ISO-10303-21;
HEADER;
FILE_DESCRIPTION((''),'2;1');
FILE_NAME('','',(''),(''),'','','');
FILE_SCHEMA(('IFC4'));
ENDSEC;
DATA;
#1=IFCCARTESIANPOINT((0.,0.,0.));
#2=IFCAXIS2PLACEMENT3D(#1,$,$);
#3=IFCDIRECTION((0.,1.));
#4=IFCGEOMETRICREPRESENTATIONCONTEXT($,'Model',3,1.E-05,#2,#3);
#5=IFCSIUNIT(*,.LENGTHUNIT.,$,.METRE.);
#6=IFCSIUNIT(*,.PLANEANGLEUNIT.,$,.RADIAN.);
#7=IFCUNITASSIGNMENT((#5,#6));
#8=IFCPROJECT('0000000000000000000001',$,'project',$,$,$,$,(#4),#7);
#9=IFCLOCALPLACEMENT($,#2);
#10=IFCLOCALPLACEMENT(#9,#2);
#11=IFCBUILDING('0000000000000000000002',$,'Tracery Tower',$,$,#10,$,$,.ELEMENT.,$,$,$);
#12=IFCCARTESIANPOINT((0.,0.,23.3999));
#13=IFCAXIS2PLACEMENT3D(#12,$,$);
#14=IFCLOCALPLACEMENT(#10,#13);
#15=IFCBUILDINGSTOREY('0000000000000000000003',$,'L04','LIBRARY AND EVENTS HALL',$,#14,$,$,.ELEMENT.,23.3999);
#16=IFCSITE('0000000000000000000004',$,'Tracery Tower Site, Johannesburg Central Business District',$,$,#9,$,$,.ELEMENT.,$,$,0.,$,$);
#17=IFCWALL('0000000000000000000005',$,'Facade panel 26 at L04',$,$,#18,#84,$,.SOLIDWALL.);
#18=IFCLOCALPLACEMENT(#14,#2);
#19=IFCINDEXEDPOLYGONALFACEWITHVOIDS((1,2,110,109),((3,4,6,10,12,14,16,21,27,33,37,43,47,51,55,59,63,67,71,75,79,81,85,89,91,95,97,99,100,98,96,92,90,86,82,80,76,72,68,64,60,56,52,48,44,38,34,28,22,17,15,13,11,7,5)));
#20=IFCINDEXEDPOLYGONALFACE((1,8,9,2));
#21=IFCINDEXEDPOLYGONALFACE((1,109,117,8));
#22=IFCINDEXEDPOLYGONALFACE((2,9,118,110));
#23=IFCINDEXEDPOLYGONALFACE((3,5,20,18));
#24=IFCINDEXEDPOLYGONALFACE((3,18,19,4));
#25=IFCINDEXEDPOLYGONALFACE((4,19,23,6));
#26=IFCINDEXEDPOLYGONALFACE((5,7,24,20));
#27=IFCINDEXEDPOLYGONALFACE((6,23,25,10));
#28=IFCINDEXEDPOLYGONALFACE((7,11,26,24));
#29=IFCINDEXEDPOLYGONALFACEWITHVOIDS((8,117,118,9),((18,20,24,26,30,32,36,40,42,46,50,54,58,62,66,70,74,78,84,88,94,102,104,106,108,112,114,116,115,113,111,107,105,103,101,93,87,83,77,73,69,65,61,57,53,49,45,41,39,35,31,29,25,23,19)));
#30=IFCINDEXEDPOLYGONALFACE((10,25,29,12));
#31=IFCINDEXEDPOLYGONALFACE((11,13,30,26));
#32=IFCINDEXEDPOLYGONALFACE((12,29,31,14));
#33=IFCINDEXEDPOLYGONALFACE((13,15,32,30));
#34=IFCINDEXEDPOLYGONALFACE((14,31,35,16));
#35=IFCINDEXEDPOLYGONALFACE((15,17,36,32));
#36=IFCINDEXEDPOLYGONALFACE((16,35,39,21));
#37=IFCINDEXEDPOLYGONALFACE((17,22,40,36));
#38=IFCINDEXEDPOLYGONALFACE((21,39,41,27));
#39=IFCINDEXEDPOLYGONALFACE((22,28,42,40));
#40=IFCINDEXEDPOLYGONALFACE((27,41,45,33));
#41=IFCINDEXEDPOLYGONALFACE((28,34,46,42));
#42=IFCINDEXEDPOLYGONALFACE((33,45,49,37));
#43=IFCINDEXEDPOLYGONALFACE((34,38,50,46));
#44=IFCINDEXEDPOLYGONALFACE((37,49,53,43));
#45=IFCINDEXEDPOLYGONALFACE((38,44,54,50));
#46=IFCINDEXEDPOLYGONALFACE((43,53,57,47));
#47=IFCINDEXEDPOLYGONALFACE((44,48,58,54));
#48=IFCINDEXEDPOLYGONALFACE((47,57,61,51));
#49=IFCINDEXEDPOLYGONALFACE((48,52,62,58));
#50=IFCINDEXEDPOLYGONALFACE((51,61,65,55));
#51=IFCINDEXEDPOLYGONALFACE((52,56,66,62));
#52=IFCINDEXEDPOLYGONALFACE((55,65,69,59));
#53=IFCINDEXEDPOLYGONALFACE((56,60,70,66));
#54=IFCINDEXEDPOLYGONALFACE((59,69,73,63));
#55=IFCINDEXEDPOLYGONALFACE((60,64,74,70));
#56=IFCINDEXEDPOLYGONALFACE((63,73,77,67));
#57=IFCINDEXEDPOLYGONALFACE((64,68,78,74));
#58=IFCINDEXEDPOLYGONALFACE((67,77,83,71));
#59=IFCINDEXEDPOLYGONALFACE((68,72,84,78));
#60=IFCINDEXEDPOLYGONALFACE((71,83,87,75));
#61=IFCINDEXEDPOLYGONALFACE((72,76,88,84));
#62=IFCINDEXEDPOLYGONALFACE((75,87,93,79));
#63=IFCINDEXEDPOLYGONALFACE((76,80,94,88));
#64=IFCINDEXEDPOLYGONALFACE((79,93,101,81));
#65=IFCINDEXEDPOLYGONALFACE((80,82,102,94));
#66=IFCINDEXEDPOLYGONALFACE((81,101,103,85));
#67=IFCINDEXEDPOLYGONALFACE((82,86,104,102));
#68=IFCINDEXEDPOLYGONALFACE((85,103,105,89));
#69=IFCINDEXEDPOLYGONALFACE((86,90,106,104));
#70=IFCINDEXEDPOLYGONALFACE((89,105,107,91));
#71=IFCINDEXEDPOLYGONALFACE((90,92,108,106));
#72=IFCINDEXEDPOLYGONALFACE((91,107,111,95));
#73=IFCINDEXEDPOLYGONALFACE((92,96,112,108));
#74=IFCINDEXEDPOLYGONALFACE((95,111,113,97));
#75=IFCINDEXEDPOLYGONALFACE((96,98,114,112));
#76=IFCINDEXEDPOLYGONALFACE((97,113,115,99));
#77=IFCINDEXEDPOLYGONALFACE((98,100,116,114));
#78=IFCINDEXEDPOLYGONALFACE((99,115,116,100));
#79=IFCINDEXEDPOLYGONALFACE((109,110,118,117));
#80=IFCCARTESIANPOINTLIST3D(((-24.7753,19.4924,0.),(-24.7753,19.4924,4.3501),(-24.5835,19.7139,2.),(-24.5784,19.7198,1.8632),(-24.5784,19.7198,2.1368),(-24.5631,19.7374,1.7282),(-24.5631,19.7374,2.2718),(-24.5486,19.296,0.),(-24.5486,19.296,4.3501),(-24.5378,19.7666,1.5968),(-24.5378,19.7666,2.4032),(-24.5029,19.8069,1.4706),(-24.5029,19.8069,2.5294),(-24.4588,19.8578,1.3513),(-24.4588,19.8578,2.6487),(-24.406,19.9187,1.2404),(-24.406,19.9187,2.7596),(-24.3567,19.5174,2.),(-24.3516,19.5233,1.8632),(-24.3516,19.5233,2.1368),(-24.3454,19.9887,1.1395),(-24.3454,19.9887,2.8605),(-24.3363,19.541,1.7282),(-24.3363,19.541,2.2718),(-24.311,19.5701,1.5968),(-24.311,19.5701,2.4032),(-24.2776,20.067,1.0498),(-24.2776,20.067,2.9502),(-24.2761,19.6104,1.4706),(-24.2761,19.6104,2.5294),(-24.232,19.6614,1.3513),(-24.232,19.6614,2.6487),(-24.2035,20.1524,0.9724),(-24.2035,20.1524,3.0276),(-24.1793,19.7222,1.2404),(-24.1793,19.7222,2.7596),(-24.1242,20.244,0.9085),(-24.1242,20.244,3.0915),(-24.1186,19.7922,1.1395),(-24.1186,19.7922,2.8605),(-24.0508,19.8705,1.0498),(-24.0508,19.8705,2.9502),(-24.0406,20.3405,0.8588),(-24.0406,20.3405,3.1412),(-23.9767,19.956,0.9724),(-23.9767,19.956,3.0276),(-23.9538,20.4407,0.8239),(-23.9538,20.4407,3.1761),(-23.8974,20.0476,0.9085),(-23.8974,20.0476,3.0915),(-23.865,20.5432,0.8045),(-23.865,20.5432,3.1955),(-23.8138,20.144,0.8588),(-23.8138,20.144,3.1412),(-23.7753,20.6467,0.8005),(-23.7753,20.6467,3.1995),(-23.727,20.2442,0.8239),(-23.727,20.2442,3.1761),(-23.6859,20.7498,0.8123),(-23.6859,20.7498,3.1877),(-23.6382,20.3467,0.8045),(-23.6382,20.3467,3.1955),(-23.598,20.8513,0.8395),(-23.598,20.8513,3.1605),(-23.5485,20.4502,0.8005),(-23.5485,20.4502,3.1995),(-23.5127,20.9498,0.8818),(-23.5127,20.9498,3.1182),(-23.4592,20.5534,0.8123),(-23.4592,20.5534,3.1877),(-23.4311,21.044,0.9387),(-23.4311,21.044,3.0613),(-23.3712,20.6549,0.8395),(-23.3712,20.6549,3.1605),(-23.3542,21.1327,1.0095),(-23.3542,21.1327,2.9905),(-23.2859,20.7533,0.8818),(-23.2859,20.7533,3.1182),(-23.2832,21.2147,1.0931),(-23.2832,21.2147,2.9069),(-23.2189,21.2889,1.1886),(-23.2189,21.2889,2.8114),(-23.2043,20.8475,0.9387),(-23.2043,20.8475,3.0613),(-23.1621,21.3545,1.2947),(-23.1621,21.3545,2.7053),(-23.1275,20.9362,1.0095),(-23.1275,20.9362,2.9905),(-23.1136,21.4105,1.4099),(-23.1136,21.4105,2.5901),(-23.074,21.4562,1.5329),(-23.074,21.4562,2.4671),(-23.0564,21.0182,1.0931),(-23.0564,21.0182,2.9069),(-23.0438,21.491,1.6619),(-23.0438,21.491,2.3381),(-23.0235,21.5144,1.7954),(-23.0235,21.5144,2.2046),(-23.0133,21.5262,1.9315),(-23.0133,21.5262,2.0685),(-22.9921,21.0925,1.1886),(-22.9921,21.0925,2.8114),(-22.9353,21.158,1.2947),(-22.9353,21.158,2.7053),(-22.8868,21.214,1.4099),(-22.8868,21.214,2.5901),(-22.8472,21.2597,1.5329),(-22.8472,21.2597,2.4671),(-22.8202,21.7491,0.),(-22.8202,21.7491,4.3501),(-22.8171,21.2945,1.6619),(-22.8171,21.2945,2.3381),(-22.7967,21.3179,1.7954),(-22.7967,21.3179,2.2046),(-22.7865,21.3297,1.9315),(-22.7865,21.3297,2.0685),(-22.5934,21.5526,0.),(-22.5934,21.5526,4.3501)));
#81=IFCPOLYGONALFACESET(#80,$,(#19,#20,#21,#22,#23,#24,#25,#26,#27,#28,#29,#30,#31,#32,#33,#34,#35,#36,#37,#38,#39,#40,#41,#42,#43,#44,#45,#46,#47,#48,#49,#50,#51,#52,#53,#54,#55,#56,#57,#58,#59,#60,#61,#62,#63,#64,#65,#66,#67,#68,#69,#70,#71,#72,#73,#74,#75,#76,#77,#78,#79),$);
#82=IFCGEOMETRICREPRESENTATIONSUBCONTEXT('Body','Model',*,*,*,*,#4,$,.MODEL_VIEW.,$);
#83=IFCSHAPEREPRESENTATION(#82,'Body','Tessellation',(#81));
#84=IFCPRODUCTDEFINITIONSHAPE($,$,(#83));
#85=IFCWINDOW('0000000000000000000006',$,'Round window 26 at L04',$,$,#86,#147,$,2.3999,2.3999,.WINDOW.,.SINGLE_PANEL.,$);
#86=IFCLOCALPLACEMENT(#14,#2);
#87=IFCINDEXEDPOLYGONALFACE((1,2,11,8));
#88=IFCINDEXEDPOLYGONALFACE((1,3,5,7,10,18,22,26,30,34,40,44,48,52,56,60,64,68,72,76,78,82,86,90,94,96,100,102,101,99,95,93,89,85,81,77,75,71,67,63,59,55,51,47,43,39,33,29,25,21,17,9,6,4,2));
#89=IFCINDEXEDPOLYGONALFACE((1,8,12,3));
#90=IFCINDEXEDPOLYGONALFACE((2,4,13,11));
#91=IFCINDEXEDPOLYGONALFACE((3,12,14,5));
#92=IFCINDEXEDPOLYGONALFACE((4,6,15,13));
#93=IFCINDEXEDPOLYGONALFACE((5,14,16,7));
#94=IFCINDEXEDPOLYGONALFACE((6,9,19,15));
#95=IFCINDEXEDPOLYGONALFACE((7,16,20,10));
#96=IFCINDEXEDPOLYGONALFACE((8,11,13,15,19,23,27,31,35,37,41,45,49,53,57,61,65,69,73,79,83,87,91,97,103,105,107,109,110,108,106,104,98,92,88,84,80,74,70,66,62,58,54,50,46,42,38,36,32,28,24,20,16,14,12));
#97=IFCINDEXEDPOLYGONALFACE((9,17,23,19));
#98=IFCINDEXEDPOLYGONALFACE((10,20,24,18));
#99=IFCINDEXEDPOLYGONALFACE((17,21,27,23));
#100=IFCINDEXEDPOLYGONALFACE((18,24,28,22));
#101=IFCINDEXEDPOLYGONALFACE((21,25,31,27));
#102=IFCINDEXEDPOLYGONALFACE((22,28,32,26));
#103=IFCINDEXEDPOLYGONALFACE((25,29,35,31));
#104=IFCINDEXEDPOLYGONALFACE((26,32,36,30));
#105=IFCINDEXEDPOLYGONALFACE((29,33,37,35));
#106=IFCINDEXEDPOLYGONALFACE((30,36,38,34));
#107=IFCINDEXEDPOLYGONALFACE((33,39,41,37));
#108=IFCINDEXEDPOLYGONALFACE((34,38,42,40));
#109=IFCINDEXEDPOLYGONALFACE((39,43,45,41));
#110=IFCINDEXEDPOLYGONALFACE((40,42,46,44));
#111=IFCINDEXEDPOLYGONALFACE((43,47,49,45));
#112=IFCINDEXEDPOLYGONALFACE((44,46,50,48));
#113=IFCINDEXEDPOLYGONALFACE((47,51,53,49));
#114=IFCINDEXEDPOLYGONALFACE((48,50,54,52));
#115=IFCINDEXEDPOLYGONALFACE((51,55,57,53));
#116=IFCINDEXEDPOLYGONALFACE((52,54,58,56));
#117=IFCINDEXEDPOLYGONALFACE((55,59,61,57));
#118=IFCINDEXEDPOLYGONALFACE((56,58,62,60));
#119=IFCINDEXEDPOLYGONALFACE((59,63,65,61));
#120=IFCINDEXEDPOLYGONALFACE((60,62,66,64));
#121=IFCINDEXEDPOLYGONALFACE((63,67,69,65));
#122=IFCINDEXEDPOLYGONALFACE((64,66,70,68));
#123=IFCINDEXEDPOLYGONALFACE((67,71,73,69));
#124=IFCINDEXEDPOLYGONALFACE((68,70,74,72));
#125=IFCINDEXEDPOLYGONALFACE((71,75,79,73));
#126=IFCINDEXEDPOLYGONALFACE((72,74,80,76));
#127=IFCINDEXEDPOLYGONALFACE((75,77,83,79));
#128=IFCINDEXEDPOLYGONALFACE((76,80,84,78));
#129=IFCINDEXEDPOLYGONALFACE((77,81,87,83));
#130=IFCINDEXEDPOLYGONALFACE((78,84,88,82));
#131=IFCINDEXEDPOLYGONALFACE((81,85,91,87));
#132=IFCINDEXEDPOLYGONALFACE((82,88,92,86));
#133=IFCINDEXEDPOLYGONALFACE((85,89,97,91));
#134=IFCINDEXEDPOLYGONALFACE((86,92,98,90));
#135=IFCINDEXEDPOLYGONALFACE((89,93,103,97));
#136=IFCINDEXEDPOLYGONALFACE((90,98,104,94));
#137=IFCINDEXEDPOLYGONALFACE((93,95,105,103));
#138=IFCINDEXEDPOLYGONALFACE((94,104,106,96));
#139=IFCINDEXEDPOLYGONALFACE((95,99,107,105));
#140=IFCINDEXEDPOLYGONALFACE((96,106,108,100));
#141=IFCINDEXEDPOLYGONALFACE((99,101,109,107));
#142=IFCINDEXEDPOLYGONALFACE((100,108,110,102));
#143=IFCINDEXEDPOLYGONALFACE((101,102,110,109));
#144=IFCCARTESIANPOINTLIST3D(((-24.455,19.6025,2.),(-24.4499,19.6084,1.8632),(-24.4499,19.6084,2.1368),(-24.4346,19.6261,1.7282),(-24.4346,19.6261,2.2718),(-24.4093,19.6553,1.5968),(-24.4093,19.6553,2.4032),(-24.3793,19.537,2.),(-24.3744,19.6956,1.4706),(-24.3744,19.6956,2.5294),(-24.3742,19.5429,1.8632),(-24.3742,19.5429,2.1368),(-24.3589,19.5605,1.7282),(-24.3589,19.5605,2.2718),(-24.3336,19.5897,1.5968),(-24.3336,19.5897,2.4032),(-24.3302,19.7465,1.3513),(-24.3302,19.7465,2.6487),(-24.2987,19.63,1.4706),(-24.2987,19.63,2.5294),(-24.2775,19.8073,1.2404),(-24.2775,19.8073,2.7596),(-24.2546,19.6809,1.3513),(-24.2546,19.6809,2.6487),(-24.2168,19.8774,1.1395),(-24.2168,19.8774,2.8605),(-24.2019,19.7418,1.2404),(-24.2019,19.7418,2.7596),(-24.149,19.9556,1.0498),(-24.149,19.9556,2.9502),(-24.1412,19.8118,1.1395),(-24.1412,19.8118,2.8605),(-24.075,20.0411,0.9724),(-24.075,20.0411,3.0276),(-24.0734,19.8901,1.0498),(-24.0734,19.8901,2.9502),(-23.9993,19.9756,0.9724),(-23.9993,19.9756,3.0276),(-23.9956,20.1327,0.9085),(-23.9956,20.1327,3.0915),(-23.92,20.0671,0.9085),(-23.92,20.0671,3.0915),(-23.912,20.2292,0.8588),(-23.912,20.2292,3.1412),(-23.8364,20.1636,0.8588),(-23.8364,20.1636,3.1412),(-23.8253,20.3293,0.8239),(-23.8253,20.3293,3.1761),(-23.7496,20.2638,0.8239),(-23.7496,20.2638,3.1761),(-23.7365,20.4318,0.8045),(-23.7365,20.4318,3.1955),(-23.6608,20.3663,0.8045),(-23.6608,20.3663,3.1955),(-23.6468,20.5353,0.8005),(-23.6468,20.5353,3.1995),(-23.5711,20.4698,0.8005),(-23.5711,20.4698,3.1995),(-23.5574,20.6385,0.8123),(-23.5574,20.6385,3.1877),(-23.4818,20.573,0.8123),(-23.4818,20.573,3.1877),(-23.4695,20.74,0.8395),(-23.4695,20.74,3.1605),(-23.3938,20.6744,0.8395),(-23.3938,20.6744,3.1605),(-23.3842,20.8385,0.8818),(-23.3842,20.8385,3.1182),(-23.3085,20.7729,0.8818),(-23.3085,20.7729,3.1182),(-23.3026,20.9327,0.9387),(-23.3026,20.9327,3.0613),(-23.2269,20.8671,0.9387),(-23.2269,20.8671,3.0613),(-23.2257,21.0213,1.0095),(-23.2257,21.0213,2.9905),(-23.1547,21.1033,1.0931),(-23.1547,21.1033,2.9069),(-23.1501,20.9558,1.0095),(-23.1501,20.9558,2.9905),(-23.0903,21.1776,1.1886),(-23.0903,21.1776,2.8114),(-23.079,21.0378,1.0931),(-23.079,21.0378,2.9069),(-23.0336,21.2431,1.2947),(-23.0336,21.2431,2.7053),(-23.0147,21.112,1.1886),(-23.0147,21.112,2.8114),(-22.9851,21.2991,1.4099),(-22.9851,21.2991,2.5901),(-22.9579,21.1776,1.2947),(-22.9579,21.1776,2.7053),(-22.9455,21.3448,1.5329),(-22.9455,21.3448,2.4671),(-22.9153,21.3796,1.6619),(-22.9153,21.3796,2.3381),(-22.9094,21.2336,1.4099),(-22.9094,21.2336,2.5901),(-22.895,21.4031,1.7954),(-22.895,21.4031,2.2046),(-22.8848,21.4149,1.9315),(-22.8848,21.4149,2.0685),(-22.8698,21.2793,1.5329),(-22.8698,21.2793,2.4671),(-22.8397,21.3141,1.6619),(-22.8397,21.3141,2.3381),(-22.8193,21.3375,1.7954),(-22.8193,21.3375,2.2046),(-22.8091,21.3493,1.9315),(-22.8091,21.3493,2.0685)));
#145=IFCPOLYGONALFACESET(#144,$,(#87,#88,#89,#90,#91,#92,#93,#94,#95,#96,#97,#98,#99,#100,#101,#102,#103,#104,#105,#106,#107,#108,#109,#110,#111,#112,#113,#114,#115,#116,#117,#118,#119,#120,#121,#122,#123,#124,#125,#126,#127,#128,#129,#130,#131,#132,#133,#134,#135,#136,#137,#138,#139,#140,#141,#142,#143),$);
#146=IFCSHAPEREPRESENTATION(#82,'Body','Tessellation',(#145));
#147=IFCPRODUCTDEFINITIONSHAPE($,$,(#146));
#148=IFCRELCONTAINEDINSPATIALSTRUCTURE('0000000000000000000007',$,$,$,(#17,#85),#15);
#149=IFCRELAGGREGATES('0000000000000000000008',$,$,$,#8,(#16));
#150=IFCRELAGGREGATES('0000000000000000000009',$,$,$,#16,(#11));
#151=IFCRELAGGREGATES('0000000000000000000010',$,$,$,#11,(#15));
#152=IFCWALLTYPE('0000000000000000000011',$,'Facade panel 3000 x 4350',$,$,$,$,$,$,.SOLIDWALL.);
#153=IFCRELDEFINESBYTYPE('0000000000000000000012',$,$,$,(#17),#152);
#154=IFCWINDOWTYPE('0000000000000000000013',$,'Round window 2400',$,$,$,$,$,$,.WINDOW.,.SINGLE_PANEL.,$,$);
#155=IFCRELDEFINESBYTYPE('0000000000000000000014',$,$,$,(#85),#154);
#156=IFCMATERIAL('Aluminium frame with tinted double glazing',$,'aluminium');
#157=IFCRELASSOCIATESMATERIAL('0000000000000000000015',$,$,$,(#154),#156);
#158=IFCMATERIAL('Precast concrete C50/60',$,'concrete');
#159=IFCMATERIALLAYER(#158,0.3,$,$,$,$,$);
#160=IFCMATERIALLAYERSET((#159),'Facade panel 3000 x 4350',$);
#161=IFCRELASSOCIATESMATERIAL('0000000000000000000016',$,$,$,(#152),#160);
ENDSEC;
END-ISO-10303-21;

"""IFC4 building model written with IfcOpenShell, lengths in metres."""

from ifc_helpers import new_model, si_unit, direction, frame, frame_2d, origin, origin_2d, place, context, subcontext, project, spatial, rectangle, circle, extrude, material, layer, layer_set, type_object, element, fill, save


model = new_model("IFC4")

# Units and contexts
model_context = context("Model", 3, precision=1e-05, world=origin(), true_north=direction((0.0, 1.0)))
body_context = subcontext(model_context, "Body", "Model", "MODEL_VIEW")
ifc_project = project(units=[si_unit("LENGTHUNIT", "METRE"), si_unit("PLANEANGLEUNIT", "RADIAN")], contexts=[model_context])

# Site, building, storey
site_placement = place(None, origin())
site = spatial("IfcSite", under=ifc_project, at=site_placement, Name="Tracery Tower Site, Johannesburg Central Business District", CompositionType="ELEMENT", RefElevation=0.0)
building_placement = place(site_placement, origin())
building = spatial("IfcBuilding", under=site, at=building_placement, Name="Tracery Tower", CompositionType="ELEMENT")
storey_placement = place(building_placement, frame((0.0, 0.0, 23.3999)))
storey = spatial("IfcBuildingStorey", under=building, at=storey_placement, Name="L04", Description="LIBRARY AND EVENTS HALL", CompositionType="ELEMENT", Elevation=23.3999)

# Wall, opening, window
ifc_material_1 = material(Name="Aluminium frame with tinted double glazing", Category="aluminium")
window_type = type_object("IfcWindowType", Name="Round window 2400", PartitioningType="SINGLE_PANEL", PredefinedType="WINDOW", material=ifc_material_1)
ifc_material_2 = material(Name="Precast concrete C50/60", Category="concrete")
ifc_layer_1 = layer(ifc_material_2, 0.3)
ifc_layer_set_1 = layer_set([ifc_layer_1], Name="Facade panel 3000 x 4350")
wall_type_1 = type_object("IfcWallType", Name="Facade panel 3000 x 4350", PredefinedType="SOLIDWALL", material=ifc_layer_set_1)
wall_1_placement = place(storey_placement, frame((-22.7068, 21.6509, 0.0), z_axis=(0.0, 0.0, 1.0), x_axis=(-0.654809, -0.755794, 0.0)))
wall_1 = element("IfcWall", 1, at=wall_1_placement, inside=storey, type_object=wall_type_1, Name="Facade panel 26 at L04", PredefinedType="SOLIDWALL", context=body_context, shape_type="SweptSolid", body=[
    extrude(rectangle(XDim=2.9858, YDim=0.3, at=frame_2d((1.4929, 0.0))), origin(), (0.0, 0.0, 1.0), 4.3501),
])
opening_1_placement = place(wall_1_placement, frame((1.4929, 0.0, 2.0)))
opening_1 = element("IfcOpeningElement", 2, at=opening_1_placement, cuts=wall_1, PredefinedType="OPENING", context=body_context, shape_type="SweptSolid", body=[
    extrude(circle(Radius=1.2, at=origin_2d()), frame((0.0, 0.1599, 0.0), z_axis=(0.0, -1.0, 0.0), x_axis=(1.0, 0.0, 0.0)), (0.0, 0.0, 1.0), 0.3201),
])
window_1_placement = place(opening_1_placement, origin())
window_1 = element("IfcWindow", 3, at=window_1_placement, inside=storey, type_object=window_type, Name="Round window 26 at L04", OverallHeight=2.3999, OverallWidth=2.3999, PartitioningType="SINGLE_PANEL", PredefinedType="WINDOW", context=body_context, shape_type="SweptSolid", body=[
    extrude(circle(Radius=1.2, at=origin_2d()), frame((0.0, 0.1201, 0.0), z_axis=(0.0, -1.0, 0.0), x_axis=(1.0, 0.0, 0.0)), (0.0, 0.0, 1.0), 0.1001),
])
fill(opening_1, window_1)

save(model, "model.ifc")
